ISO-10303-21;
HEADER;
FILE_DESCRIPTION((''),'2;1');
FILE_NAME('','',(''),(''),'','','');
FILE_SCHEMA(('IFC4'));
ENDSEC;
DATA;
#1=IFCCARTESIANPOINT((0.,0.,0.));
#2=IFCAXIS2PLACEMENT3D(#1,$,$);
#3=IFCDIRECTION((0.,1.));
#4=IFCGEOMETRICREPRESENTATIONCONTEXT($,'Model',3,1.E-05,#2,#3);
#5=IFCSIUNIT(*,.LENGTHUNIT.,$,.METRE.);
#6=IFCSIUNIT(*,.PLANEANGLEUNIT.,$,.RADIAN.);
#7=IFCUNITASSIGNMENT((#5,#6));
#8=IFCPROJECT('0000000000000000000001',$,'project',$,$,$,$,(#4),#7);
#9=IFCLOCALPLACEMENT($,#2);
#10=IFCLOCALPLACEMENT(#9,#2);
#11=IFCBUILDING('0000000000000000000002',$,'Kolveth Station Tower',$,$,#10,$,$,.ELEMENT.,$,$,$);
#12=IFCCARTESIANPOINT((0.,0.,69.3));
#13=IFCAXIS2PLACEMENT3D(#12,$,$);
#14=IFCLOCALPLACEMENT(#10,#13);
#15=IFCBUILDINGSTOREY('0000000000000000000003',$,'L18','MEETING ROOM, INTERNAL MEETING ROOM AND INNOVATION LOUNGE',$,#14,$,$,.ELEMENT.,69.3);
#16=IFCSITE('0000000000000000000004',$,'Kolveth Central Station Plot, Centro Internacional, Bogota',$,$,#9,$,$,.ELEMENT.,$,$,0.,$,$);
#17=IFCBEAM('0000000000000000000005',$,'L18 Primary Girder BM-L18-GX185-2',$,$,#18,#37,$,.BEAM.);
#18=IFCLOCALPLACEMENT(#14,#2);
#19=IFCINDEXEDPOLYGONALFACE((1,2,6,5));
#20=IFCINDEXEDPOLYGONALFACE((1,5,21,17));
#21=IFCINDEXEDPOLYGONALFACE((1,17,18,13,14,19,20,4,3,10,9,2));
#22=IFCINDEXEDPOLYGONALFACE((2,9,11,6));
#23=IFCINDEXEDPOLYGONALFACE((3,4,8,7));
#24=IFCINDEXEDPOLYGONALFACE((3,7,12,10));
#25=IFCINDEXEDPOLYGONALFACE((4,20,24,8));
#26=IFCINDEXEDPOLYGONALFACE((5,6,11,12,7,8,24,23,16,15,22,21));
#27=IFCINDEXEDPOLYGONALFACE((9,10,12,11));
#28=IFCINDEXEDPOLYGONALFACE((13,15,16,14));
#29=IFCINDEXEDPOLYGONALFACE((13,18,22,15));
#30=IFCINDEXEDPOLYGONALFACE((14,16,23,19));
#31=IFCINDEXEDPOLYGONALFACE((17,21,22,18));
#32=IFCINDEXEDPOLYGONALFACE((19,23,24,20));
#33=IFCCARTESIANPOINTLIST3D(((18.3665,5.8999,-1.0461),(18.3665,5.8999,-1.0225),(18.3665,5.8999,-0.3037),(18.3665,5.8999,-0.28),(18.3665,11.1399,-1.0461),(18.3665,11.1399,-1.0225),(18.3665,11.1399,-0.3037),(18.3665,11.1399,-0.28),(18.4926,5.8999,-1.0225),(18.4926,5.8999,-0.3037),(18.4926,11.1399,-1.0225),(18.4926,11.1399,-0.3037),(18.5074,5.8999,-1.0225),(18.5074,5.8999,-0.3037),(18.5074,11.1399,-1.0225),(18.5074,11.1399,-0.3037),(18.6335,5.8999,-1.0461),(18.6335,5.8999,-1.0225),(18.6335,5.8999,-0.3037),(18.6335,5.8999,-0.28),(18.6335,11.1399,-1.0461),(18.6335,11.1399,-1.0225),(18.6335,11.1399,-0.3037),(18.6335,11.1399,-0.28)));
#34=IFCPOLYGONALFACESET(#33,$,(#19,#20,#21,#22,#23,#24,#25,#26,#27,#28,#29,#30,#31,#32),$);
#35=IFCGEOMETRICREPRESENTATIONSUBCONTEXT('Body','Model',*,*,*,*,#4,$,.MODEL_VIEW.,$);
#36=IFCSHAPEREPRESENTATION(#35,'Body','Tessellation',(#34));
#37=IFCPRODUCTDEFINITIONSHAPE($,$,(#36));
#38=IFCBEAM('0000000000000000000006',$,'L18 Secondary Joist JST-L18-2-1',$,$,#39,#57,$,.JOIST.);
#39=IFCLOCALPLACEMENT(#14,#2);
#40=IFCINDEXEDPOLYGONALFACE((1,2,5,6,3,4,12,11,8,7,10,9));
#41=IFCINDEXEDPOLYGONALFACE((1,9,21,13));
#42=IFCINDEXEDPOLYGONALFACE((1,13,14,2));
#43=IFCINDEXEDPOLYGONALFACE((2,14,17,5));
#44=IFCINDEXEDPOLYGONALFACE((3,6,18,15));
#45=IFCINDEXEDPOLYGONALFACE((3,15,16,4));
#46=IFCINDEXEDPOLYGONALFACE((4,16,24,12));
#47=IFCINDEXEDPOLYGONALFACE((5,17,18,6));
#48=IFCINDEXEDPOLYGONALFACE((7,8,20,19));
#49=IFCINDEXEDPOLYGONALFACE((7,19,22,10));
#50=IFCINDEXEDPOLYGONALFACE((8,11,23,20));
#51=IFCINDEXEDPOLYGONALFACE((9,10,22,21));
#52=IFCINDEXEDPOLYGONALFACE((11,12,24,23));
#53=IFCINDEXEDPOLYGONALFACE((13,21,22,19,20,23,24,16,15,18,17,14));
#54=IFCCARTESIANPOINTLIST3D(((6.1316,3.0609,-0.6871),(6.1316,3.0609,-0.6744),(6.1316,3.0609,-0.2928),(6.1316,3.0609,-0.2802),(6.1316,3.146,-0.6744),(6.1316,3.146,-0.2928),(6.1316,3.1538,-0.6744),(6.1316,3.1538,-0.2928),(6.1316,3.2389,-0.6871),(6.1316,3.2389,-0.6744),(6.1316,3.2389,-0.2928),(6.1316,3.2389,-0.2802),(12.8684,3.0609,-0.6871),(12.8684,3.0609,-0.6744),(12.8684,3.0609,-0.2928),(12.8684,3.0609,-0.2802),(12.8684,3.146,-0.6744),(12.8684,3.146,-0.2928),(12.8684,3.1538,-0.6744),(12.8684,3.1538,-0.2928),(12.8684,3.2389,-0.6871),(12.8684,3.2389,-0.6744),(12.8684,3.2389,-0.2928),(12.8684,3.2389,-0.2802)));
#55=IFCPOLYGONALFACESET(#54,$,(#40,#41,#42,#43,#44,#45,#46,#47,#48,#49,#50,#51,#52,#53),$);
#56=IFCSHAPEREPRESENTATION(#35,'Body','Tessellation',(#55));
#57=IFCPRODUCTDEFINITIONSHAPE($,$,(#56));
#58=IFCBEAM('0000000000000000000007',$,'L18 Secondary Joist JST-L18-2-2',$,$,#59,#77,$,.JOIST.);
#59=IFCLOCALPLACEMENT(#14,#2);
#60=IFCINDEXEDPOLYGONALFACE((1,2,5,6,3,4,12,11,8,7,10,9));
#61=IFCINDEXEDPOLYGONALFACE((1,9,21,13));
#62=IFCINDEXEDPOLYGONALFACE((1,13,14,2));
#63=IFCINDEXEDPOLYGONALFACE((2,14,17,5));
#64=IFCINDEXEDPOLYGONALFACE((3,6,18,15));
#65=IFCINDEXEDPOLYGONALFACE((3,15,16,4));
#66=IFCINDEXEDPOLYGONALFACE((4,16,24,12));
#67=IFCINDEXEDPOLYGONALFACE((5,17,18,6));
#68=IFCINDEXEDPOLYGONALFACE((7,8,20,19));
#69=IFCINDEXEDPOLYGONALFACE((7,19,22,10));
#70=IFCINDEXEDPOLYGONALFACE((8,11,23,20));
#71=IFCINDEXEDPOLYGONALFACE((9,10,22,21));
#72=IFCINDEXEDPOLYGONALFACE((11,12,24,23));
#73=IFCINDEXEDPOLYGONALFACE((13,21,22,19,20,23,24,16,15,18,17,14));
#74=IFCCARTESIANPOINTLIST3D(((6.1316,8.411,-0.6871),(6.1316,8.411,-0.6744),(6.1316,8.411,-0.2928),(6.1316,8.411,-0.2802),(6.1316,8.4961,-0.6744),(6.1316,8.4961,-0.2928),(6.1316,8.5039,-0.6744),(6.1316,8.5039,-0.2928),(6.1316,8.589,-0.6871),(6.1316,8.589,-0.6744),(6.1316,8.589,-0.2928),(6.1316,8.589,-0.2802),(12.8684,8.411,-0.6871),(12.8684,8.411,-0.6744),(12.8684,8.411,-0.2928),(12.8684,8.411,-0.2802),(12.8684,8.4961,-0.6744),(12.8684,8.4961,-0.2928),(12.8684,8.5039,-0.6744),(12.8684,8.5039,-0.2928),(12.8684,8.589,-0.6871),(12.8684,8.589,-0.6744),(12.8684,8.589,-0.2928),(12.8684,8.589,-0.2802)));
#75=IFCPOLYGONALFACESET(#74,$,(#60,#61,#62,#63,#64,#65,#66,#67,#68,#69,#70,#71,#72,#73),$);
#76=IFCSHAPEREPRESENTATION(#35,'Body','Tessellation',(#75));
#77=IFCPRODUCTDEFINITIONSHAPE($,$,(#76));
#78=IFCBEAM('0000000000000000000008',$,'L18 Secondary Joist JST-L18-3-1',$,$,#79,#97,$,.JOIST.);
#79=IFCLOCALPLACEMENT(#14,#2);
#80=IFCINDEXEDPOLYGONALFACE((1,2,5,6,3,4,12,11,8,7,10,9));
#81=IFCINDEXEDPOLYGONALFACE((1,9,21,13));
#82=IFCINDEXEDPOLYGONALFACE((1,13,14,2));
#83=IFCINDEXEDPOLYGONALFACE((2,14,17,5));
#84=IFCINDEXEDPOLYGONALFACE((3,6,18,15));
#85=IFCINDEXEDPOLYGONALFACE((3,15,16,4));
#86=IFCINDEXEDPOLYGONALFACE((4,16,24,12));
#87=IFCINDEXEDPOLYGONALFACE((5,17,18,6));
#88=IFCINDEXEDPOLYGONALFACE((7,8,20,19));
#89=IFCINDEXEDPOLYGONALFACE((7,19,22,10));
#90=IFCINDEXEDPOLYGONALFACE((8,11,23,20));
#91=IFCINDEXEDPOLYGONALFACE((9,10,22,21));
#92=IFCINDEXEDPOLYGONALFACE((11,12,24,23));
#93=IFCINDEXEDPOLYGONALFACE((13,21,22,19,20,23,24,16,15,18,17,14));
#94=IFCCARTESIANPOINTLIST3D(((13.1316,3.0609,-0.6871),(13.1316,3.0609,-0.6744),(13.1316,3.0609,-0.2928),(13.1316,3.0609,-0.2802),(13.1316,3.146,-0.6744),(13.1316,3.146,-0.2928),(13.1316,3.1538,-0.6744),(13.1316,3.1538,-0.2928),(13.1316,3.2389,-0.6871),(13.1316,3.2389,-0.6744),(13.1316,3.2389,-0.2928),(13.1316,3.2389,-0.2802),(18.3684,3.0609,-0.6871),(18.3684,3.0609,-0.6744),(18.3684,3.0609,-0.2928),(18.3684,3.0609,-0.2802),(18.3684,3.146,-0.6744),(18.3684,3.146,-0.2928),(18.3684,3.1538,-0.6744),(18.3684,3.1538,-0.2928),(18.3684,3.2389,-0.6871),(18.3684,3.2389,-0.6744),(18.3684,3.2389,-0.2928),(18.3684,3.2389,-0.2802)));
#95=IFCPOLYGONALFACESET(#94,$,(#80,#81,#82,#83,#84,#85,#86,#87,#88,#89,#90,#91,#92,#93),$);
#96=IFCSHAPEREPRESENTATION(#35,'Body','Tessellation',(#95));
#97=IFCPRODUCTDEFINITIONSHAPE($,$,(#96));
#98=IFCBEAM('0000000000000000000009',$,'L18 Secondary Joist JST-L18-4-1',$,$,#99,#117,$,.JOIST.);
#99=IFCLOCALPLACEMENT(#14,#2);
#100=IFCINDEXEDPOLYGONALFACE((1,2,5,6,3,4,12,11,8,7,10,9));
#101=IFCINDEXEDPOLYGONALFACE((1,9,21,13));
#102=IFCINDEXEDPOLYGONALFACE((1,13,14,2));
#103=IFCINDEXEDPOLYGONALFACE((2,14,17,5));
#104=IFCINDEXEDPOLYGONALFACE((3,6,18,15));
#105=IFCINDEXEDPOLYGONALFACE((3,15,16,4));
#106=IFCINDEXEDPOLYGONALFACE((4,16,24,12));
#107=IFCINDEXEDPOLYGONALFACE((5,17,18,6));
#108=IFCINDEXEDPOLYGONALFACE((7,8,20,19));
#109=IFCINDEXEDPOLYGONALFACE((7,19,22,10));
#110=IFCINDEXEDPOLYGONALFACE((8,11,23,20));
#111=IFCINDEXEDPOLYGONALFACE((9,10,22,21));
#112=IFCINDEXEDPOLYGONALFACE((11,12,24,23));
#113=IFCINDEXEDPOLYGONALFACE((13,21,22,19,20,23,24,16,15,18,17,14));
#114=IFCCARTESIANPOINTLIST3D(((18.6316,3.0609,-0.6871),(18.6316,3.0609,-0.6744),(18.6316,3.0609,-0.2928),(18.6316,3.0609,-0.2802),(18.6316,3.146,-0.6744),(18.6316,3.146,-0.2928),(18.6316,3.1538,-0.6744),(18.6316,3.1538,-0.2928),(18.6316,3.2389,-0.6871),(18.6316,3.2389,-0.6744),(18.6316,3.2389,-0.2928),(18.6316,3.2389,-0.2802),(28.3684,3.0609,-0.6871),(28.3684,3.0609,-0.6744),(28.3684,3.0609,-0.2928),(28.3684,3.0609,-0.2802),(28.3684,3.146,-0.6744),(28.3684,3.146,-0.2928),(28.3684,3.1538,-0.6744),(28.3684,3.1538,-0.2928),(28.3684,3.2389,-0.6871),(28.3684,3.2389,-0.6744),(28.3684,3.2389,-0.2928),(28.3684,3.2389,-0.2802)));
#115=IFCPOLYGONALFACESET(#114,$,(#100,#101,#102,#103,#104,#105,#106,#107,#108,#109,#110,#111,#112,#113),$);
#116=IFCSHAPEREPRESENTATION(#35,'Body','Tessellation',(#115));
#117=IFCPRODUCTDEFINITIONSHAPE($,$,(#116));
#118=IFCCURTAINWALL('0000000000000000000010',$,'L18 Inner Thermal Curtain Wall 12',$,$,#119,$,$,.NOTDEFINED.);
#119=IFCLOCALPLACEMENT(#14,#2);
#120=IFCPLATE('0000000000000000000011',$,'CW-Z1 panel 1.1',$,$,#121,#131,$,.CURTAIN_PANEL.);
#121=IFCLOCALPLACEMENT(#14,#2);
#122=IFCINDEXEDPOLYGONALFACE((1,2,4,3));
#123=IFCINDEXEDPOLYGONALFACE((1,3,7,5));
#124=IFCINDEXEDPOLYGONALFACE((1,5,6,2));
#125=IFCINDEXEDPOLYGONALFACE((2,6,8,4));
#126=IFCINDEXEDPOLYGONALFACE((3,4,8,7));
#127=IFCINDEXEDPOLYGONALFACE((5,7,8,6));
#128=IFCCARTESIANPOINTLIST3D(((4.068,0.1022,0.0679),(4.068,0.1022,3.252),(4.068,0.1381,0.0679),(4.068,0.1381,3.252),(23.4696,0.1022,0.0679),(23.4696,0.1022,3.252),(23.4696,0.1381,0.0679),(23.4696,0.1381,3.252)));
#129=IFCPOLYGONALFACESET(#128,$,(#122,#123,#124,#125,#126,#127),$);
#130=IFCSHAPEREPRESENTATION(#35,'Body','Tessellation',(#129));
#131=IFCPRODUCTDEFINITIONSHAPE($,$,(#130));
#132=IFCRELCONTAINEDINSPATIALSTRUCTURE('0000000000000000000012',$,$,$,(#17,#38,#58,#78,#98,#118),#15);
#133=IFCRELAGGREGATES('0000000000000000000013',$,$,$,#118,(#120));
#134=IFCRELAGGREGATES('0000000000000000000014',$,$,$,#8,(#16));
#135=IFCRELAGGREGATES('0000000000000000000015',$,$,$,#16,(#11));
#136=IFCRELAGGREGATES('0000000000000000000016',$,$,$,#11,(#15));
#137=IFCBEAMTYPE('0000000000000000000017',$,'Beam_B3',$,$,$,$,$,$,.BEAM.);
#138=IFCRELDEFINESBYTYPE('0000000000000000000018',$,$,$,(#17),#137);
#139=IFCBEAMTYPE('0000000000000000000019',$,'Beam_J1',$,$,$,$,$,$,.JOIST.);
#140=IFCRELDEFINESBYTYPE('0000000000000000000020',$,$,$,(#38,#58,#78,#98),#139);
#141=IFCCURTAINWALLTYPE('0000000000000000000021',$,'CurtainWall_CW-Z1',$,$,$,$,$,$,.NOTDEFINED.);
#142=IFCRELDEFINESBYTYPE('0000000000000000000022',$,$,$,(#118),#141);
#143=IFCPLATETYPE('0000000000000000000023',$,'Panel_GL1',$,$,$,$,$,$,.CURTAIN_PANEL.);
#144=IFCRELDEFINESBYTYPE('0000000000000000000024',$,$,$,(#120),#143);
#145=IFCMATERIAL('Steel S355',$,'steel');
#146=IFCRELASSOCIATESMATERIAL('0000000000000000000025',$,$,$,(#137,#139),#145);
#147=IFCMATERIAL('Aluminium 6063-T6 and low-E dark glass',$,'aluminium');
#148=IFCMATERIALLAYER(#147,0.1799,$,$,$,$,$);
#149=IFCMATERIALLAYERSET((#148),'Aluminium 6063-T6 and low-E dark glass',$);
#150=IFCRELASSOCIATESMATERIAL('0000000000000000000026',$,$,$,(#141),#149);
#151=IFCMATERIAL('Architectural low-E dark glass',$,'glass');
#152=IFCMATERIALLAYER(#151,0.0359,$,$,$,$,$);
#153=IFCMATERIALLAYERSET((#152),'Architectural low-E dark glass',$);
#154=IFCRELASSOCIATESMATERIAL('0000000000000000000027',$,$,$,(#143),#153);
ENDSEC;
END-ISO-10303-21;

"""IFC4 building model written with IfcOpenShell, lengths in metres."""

from ifc_helpers import new_model, si_unit, direction, frame, origin, origin_2d, place, context, subcontext, project, spatial, rectangle, i_section, extrude, source, transform, mapped, material, layer, layer_set, material_profile, profile_set, type_object, element, aggregate, save


model = new_model("IFC4")

# Units and contexts
model_context = context("Model", 3, precision=1e-05, world=origin(), true_north=direction((0.0, 1.0)))
body_context = subcontext(model_context, "Body", "Model", "MODEL_VIEW")
ifc_project = project(units=[si_unit("LENGTHUNIT", "METRE"), si_unit("PLANEANGLEUNIT", "RADIAN")], contexts=[model_context])

# Site, building, storey
site_placement = place(None, origin())
site = spatial("IfcSite", under=ifc_project, at=site_placement, Name="Kolveth Central Station Plot, Centro Internacional, Bogota", CompositionType="ELEMENT", RefElevation=0.0)
building_placement = place(site_placement, origin())
building = spatial("IfcBuilding", under=site, at=building_placement, Name="Kolveth Station Tower", CompositionType="ELEMENT")
storey_placement = place(building_placement, frame((0.0, 0.0, 69.3)))
storey = spatial("IfcBuildingStorey", under=building, at=storey_placement, Name="L18", Description="MEETING ROOM, INTERNAL MEETING ROOM AND INNOVATION LOUNGE", CompositionType="ELEMENT", Elevation=69.3)

# Shared definitions
ifc_material_1 = material(Name="Steel S355", Category="steel")

# Beams
ifc_material_profile_1 = material_profile(ifc_material_1, i_section(OverallWidth=0.2671, OverallDepth=0.7661, WebThickness=0.0149, FlangeThickness=0.0237, at=origin_2d()), Name="W760x185")
ifc_profile_set_1 = profile_set([ifc_material_profile_1], Name="Steel S355")
beam_type_1 = type_object("IfcBeamType", Name="Beam_B3", PredefinedType="BEAM", material=ifc_profile_set_1)
shared_shape_1 = source(origin(), body_context, "Body", "SweptSolid", [
    extrude(i_section(OverallWidth=0.2671, OverallDepth=0.7661, WebThickness=0.0149, FlangeThickness=0.0237, at=origin_2d()), origin(), (0.0, 0.0, 1.0), 5.24),
])
beam_1_placement = place(storey_placement, frame((18.5, 5.8999, -0.6631), z_axis=(0.0, 1.0, 0.0), x_axis=(-1.0, 0.0, 0.0)))
element("IfcBeam", 1, at=beam_1_placement, inside=storey, type_object=beam_type_1, Name="L18 Primary Girder BM-L18-GX185-2", PredefinedType="BEAM", context=body_context, shape_type="MappedRepresentation", body=[
    mapped(shared_shape_1, transform((0.0, 0.0, 0.0), x_axis=(1.0, 0.0, 0.0), y_axis=(0.0, 1.0, 0.0), z_axis=(0.0, 0.0, 1.0), scale=1.0)),
])
ifc_material_profile_2 = material_profile(ifc_material_1, i_section(OverallWidth=0.178, OverallDepth=0.407, WebThickness=0.0078, FlangeThickness=0.0127, at=origin_2d()), Name="W410x60")
ifc_profile_set_2 = profile_set([ifc_material_profile_2], Name="Steel S355")
beam_type_2 = type_object("IfcBeamType", Name="Beam_J1", PredefinedType="JOIST", material=ifc_profile_set_2)
shared_shape_2 = source(origin(), body_context, "Body", "SweptSolid", [
    extrude(i_section(OverallWidth=0.178, OverallDepth=0.407, WebThickness=0.0078, FlangeThickness=0.0127, at=origin_2d()), origin(), (0.0, 0.0, 1.0), 6.7368),
])
for number, where, z_axis, x_axis, name in (
    (2, (6.1316, 3.1499, -0.4836), (1.0, 0.0, 0.0), (0.0, 1.0, 0.0), "L18 Secondary Joist JST-L18-2-1"),
    (3, (6.1316, 8.5, -0.4836), (1.0, 0.0, 0.0), (0.0, 1.0, 0.0), "L18 Secondary Joist JST-L18-2-2"),
):
    element("IfcBeam", number, at=place(storey_placement, frame(where, z_axis=z_axis, x_axis=x_axis)), inside=storey, type_object=beam_type_2, Name=name, PredefinedType="JOIST", context=body_context, shape_type="MappedRepresentation", body=[
        mapped(shared_shape_2, transform((0.0, 0.0, 0.0), x_axis=(1.0, 0.0, 0.0), y_axis=(0.0, 1.0, 0.0), z_axis=(0.0, 0.0, 1.0), scale=1.0)),
    ])
shared_shape_3 = source(origin(), body_context, "Body", "SweptSolid", [
    extrude(i_section(OverallWidth=0.178, OverallDepth=0.407, WebThickness=0.0078, FlangeThickness=0.0127, at=origin_2d()), origin(), (0.0, 0.0, 1.0), 5.2368),
])
beam_2_placement = place(storey_placement, frame((13.1316, 3.1499, -0.4836), z_axis=(1.0, 0.0, 0.0), x_axis=(0.0, 1.0, 0.0)))
element("IfcBeam", 4, at=beam_2_placement, inside=storey, type_object=beam_type_2, Name="L18 Secondary Joist JST-L18-3-1", PredefinedType="JOIST", context=body_context, shape_type="MappedRepresentation", body=[
    mapped(shared_shape_3, transform((0.0, 0.0, 0.0), x_axis=(1.0, 0.0, 0.0), y_axis=(0.0, 1.0, 0.0), z_axis=(0.0, 0.0, 1.0), scale=1.0)),
])
shared_shape_4 = source(origin(), body_context, "Body", "SweptSolid", [
    extrude(i_section(OverallWidth=0.178, OverallDepth=0.407, WebThickness=0.0078, FlangeThickness=0.0127, at=origin_2d()), origin(), (0.0, 0.0, 1.0), 9.7368),
])
beam_3_placement = place(storey_placement, frame((18.6316, 3.1499, -0.4836), z_axis=(1.0, 0.0, 0.0), x_axis=(0.0, 1.0, 0.0)))
element("IfcBeam", 5, at=beam_3_placement, inside=storey, type_object=beam_type_2, Name="L18 Secondary Joist JST-L18-4-1", PredefinedType="JOIST", context=body_context, shape_type="MappedRepresentation", body=[
    mapped(shared_shape_4, transform((0.0, 0.0, 0.0), x_axis=(1.0, 0.0, 0.0), y_axis=(0.0, 1.0, 0.0), z_axis=(0.0, 0.0, 1.0), scale=1.0)),
])

# Curtain wall, plate
ifc_material_2 = material(Name="Aluminium 6063-T6 and low-E dark glass", Category="aluminium")
ifc_layer_1 = layer(ifc_material_2, 0.1799)
ifc_layer_set_1 = layer_set([ifc_layer_1], Name="Aluminium 6063-T6 and low-E dark glass")
curtain_wall_type = type_object("IfcCurtainWallType", Name="CurtainWall_CW-Z1", PredefinedType="NOTDEFINED", material=ifc_layer_set_1)
curtain_wall_placement = place(storey_placement, origin())
curtain_wall = element("IfcCurtainWall", 6, at=curtain_wall_placement, inside=storey, type_object=curtain_wall_type, Name="L18 Inner Thermal Curtain Wall 12", PredefinedType="NOTDEFINED")
ifc_material_3 = material(Name="Architectural low-E dark glass", Category="glass")
ifc_layer_2 = layer(ifc_material_3, 0.0359)
ifc_layer_set_2 = layer_set([ifc_layer_2], Name="Architectural low-E dark glass")
plate_type = type_object("IfcPlateType", Name="Panel_GL1", PredefinedType="CURTAIN_PANEL", material=ifc_layer_set_2)
shared_shape_5 = source(origin(), body_context, "Body", "SweptSolid", [
    extrude(rectangle(XDim=19.4016, YDim=0.0359, at=origin_2d()), origin(), (0.0, 0.0, 1.0), 3.1841),
])
plate_placement = place(storey_placement, frame((13.7688, 0.1201, 0.0679), z_axis=(0.0, 0.0, 1.0), x_axis=(1.0, 0.0, 0.0)))
plate = element("IfcPlate", 7, at=plate_placement, type_object=plate_type, Name="CW-Z1 panel 1.1", PredefinedType="CURTAIN_PANEL", context=body_context, shape_type="MappedRepresentation", body=[
    mapped(shared_shape_5, transform((0.0, 0.0, 0.0), x_axis=(1.0, 0.0, 0.0), y_axis=(0.0, 1.0, 0.0), z_axis=(0.0, 0.0, 1.0), scale=1.0)),
])
aggregate(curtain_wall, [plate])

save(model, "model.ifc")
